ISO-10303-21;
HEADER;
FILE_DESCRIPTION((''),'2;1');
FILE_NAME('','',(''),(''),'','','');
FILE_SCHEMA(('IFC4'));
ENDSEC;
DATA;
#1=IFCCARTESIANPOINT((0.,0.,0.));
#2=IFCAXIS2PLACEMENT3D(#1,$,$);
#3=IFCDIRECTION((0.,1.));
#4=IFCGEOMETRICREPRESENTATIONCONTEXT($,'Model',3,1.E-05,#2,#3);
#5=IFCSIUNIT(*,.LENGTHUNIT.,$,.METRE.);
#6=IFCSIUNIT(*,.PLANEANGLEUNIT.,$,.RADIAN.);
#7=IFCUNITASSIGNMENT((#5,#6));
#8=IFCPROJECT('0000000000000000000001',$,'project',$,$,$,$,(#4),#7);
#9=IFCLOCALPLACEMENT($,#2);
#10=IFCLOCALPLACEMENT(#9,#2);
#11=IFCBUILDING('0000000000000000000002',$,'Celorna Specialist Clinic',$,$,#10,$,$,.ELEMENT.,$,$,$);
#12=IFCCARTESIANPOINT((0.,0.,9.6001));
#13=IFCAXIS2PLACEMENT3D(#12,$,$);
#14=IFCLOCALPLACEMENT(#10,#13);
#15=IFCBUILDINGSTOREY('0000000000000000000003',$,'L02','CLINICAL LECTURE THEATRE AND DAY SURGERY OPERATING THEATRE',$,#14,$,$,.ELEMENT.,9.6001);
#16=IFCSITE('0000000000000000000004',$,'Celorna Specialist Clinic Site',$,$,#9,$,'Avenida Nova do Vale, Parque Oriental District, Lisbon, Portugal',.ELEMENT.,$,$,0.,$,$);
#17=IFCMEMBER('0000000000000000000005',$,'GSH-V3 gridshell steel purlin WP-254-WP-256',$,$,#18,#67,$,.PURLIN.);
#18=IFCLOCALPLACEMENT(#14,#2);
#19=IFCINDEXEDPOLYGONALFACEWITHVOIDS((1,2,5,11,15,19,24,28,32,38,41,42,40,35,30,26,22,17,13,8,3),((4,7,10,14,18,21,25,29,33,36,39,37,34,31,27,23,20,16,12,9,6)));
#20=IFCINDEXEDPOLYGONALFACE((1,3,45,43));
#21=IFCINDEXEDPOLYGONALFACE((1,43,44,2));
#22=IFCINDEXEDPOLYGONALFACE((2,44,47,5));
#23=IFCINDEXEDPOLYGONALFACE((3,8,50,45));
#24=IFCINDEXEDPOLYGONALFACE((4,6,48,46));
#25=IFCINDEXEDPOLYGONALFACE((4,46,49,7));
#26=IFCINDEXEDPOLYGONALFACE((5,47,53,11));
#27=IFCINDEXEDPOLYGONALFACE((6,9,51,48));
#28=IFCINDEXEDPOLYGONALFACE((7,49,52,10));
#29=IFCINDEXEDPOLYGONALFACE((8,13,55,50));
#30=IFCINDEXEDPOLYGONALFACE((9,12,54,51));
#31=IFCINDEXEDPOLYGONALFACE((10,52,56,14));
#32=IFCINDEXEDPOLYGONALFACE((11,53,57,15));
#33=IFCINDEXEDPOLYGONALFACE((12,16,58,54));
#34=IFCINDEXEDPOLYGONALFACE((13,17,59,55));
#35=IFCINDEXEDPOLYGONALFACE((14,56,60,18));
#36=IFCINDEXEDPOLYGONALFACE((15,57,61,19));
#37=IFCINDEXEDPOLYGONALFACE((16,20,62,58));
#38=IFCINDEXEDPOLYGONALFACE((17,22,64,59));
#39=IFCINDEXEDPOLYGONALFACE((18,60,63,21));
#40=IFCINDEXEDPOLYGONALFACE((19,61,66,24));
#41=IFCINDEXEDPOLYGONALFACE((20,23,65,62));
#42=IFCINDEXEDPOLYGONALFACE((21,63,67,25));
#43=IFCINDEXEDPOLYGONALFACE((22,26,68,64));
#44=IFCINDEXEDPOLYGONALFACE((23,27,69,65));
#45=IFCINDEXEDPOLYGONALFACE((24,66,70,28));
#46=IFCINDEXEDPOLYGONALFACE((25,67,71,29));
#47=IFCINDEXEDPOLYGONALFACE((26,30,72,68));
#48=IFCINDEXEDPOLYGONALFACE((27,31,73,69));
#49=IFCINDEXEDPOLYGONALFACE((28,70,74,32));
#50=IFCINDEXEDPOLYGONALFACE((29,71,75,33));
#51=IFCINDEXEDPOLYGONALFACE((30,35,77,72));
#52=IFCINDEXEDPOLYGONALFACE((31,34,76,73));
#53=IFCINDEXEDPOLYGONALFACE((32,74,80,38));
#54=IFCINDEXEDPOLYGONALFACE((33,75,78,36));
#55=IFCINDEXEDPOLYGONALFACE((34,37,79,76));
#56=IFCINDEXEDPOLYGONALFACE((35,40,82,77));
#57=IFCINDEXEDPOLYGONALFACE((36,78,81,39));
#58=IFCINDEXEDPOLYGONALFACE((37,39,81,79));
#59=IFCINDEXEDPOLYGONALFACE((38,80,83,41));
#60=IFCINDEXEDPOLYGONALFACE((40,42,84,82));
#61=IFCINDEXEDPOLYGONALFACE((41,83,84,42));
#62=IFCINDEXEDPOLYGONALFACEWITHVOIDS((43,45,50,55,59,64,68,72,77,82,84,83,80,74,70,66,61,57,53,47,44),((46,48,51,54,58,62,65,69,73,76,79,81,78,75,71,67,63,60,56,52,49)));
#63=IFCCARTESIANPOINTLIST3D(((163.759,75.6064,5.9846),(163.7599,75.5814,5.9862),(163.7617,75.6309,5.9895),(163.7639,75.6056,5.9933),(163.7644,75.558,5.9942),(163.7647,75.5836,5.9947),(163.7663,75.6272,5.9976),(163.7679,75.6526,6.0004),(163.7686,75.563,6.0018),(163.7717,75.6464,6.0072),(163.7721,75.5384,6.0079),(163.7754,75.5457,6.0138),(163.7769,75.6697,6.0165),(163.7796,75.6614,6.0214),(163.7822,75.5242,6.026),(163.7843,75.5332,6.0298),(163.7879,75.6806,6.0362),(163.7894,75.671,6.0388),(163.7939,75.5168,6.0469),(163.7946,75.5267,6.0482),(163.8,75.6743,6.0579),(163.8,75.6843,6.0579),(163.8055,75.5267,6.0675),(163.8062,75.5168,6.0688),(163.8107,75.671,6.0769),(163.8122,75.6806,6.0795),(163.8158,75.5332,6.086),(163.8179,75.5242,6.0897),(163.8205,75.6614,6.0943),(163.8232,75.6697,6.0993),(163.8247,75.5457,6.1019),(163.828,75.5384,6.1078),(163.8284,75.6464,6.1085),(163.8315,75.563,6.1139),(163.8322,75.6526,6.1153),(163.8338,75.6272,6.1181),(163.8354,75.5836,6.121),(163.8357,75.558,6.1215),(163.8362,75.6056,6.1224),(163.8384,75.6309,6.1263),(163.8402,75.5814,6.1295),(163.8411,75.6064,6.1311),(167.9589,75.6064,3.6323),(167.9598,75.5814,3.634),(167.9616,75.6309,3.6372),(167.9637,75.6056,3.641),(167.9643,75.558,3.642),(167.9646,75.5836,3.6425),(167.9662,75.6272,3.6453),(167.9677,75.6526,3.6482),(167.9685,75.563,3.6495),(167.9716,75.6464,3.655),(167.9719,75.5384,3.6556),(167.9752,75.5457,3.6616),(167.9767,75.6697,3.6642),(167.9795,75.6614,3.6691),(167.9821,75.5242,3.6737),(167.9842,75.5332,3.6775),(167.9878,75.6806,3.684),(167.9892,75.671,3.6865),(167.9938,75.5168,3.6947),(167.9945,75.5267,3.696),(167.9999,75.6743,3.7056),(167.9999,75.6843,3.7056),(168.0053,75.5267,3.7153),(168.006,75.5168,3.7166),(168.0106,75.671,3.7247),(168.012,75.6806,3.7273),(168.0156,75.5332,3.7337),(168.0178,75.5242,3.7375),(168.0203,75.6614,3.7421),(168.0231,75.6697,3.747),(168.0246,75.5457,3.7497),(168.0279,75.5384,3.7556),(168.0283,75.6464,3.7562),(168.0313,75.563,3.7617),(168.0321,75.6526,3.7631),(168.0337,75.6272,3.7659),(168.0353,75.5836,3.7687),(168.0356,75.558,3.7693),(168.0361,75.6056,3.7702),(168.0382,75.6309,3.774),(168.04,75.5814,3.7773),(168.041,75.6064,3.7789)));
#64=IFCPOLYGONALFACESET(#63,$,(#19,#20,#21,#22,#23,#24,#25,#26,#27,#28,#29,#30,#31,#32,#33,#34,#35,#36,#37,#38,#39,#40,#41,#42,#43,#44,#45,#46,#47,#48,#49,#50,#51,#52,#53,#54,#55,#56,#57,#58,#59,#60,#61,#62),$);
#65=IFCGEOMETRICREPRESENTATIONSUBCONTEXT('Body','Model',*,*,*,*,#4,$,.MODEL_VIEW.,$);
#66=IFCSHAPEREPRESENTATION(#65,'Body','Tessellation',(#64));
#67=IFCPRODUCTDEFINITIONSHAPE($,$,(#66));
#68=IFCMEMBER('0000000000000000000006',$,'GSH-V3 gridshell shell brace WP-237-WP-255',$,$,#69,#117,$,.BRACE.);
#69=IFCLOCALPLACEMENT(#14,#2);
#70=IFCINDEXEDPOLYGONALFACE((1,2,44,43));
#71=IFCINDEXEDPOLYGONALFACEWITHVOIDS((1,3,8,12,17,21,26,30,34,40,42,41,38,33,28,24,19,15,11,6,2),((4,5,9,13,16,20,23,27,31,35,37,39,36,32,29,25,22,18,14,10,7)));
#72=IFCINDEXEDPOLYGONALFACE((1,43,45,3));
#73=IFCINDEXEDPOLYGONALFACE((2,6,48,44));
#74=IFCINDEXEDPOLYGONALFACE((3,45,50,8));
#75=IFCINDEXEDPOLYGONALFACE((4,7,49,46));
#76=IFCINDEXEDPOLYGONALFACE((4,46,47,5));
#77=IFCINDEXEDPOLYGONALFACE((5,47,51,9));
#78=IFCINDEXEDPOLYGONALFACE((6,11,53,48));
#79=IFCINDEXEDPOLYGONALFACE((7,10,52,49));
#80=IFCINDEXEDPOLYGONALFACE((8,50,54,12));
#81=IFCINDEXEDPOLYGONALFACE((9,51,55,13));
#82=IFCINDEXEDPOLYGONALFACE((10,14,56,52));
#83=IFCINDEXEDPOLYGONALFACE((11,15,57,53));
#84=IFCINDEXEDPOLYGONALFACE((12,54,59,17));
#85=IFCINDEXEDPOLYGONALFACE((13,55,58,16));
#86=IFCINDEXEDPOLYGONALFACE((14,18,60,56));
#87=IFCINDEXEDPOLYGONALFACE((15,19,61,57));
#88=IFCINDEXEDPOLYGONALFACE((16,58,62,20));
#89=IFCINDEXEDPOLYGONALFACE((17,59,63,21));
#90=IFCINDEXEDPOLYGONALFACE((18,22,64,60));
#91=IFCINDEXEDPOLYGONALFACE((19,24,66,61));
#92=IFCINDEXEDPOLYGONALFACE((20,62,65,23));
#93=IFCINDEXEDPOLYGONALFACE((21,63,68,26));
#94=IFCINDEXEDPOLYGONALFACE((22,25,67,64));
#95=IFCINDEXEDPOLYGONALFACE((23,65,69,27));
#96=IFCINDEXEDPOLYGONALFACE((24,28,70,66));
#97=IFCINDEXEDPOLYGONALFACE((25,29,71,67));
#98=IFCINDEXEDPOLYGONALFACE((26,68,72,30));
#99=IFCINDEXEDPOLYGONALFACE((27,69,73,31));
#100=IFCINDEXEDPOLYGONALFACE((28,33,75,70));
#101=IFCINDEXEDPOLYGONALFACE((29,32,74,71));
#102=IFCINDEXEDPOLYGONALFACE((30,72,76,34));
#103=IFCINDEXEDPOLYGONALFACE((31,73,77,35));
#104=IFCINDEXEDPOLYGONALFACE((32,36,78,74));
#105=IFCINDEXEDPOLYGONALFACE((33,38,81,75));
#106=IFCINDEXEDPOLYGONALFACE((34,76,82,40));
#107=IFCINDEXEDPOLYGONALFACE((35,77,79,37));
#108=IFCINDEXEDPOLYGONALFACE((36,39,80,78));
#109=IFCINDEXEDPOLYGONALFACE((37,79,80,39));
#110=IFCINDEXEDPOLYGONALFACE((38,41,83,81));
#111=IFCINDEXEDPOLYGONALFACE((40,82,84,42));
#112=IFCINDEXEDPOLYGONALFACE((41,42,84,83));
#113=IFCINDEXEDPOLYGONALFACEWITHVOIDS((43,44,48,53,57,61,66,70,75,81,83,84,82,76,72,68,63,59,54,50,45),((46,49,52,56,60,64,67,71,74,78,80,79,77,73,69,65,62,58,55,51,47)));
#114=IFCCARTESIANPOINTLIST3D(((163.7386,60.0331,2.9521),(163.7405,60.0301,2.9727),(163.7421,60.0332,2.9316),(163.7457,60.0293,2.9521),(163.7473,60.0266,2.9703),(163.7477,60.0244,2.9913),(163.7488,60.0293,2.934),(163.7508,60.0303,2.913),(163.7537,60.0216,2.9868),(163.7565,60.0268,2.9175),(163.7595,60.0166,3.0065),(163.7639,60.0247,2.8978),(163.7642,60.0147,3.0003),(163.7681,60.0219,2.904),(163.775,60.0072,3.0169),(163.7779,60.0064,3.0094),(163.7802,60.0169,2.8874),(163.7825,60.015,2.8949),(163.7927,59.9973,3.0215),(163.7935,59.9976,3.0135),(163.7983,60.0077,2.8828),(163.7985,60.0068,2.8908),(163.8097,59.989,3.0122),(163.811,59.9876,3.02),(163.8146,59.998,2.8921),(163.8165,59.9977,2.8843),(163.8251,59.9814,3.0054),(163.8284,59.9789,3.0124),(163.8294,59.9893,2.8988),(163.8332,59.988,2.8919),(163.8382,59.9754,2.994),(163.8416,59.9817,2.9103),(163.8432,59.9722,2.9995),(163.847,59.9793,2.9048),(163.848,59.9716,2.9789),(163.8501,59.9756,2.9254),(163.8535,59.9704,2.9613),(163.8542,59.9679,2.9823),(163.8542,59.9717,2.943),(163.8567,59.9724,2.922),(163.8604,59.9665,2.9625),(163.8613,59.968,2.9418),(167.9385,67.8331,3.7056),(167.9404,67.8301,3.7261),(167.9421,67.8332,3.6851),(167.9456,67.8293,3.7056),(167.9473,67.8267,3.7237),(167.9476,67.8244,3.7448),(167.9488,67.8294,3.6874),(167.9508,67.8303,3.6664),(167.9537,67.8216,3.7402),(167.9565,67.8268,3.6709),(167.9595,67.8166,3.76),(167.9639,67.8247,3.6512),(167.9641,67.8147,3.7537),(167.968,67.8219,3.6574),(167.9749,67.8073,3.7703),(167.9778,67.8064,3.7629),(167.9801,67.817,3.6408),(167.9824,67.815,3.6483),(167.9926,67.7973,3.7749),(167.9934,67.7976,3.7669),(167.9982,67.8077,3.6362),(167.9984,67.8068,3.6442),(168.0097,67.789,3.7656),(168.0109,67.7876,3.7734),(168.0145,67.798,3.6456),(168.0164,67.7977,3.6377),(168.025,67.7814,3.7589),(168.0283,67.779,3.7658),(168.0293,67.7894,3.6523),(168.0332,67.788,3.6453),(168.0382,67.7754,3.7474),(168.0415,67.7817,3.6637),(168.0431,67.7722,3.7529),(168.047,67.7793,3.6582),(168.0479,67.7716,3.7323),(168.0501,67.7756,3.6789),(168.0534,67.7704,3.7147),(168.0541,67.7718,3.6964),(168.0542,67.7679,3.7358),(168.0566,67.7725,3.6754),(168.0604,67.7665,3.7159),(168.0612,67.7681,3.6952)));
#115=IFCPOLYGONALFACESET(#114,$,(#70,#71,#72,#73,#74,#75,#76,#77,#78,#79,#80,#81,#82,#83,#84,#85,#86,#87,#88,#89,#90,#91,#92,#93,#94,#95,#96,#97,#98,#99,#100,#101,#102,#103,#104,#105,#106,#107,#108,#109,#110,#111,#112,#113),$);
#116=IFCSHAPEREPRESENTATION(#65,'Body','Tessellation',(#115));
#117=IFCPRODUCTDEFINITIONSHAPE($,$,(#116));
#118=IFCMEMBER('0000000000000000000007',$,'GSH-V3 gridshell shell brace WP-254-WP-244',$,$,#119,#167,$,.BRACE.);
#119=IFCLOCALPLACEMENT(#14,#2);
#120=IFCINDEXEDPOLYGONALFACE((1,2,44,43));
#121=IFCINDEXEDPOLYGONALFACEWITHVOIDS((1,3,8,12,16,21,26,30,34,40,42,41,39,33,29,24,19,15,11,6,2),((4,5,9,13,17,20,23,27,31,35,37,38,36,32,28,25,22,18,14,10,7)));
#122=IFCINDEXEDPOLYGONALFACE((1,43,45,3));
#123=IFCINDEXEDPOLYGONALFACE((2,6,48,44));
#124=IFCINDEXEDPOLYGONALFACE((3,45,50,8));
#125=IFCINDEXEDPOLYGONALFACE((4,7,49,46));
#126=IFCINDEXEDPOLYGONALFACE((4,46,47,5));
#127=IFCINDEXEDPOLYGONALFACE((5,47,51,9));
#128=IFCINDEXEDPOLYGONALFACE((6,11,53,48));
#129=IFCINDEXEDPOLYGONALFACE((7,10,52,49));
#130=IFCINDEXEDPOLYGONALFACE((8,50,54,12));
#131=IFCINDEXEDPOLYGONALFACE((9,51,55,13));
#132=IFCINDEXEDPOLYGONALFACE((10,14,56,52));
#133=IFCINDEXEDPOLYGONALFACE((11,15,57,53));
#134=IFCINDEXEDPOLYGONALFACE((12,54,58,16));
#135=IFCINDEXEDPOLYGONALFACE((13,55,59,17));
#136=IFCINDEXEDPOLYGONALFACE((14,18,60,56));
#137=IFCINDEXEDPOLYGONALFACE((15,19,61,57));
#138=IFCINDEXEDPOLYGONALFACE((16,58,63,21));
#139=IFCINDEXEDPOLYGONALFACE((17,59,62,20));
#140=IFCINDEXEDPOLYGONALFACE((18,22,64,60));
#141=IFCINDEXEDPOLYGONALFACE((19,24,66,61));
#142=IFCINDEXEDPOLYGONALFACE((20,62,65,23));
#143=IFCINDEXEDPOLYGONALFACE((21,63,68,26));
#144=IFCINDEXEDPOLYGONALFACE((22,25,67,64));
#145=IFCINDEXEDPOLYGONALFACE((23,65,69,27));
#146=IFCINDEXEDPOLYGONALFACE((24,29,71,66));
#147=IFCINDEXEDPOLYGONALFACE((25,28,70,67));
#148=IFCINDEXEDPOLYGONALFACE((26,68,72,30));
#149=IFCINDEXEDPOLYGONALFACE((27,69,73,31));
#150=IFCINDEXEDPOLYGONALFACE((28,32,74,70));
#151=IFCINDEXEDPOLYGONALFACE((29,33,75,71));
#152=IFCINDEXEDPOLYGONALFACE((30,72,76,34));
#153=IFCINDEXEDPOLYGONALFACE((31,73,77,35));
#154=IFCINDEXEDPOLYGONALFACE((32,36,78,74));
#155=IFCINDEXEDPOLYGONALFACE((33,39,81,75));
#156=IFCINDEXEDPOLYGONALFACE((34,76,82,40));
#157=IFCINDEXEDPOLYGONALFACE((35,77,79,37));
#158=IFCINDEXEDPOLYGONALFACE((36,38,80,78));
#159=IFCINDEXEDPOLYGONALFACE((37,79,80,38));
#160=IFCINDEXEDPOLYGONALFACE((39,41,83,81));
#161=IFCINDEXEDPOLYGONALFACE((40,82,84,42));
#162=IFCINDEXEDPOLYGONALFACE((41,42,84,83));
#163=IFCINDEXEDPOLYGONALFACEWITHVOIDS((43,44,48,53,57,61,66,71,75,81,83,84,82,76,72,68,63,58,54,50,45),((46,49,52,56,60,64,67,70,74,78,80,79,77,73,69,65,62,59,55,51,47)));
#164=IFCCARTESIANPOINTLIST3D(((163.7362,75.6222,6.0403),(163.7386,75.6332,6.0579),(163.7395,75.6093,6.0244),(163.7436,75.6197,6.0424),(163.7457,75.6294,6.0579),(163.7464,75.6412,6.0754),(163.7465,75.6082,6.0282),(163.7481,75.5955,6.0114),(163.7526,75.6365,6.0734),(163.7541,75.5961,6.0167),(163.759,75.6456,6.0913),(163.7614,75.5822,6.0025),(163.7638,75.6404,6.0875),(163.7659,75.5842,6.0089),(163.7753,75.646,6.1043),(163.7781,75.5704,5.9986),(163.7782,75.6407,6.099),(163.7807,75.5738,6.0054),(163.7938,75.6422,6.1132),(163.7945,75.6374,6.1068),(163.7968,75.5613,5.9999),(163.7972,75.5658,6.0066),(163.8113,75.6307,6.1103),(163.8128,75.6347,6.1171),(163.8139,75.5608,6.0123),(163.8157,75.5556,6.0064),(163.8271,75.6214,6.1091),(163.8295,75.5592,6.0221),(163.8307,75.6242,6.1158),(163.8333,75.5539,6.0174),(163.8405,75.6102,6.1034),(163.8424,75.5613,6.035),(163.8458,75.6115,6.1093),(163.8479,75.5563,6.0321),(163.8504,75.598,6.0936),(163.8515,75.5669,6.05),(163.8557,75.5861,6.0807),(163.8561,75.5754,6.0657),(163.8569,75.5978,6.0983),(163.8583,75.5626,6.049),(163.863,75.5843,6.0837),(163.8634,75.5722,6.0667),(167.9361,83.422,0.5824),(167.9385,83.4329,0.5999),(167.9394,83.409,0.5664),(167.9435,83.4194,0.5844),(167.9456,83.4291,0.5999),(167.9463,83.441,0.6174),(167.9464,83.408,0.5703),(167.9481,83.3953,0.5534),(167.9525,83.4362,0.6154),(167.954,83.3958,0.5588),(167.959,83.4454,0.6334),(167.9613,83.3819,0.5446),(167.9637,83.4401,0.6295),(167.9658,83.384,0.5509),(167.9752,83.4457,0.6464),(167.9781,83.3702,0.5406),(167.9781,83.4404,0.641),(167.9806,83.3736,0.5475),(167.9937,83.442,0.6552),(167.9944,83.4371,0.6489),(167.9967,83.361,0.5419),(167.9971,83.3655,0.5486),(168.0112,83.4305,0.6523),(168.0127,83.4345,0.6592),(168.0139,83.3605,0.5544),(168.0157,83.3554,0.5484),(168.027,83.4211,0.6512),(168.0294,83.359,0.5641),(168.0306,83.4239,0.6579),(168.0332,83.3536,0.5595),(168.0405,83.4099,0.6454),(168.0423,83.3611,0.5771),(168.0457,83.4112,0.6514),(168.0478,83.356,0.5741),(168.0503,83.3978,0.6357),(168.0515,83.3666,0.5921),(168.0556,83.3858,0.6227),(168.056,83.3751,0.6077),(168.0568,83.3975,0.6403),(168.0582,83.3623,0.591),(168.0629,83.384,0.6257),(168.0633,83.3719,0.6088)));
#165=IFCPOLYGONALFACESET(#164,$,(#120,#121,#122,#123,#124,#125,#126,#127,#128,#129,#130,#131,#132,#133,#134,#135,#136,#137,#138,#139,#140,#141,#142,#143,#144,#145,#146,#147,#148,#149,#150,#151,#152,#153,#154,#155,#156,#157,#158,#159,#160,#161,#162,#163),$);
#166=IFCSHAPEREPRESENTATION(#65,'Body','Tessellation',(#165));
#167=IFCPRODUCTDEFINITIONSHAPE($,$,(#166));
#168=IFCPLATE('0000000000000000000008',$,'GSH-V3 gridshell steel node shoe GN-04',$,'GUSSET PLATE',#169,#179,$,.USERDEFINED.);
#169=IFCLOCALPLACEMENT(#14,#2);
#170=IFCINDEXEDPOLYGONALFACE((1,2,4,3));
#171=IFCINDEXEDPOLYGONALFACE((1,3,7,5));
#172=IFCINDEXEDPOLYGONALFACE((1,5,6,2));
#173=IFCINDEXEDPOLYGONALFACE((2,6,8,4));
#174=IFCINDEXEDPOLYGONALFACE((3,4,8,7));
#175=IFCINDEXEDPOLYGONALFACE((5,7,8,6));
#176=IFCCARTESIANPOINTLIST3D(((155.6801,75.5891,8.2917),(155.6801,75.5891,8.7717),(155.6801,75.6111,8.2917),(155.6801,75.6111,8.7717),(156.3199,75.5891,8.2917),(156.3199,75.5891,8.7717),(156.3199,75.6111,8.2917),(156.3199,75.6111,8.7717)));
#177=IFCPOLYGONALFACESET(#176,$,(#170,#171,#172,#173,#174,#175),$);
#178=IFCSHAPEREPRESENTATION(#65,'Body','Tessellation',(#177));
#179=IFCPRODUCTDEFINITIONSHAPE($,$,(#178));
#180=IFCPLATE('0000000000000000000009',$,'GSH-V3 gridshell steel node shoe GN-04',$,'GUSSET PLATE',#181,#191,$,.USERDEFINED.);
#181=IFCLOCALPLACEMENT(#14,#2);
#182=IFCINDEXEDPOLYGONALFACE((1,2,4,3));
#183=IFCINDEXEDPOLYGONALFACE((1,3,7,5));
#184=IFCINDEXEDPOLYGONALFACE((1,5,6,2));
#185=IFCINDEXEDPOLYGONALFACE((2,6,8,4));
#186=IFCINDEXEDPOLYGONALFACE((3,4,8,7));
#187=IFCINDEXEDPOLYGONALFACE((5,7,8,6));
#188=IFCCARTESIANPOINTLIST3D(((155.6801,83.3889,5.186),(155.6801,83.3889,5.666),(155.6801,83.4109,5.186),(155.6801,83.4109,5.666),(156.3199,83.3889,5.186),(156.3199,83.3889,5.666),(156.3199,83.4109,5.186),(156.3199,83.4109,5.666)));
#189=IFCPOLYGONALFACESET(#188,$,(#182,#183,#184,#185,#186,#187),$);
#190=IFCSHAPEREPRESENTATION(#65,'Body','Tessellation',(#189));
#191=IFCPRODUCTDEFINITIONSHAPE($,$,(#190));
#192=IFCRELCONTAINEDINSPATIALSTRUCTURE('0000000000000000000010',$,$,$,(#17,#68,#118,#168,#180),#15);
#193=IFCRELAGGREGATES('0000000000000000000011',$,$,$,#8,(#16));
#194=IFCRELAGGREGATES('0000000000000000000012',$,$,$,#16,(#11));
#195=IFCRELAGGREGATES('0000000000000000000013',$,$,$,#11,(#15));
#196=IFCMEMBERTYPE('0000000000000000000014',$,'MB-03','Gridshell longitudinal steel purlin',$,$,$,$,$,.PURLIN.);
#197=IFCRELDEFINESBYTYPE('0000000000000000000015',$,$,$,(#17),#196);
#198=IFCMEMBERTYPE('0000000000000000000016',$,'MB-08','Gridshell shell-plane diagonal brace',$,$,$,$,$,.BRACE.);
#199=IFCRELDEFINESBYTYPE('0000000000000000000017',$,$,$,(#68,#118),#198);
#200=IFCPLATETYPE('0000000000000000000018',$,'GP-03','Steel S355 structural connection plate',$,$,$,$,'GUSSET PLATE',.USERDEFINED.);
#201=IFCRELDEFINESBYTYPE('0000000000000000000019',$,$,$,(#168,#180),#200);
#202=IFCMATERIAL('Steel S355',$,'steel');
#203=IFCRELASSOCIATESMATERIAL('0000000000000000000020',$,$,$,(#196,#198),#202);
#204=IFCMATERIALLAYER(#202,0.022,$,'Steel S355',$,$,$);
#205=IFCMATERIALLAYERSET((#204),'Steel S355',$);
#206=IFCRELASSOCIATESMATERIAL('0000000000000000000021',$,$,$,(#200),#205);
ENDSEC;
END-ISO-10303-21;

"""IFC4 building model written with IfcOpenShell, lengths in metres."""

from ifc_helpers import new_model, si_unit, direction, frame, origin, origin_2d, place, context, subcontext, project, spatial, rectangle, hollow_circle, extrude, material, layer, layer_set, material_profile, profile_set, type_object, element, save


model = new_model("IFC4")

# Units and contexts
model_context = context("Model", 3, precision=1e-05, world=origin(), true_north=direction((0.0, 1.0)))
body_context = subcontext(model_context, "Body", "Model", "MODEL_VIEW")
ifc_project = project(units=[si_unit("LENGTHUNIT", "METRE"), si_unit("PLANEANGLEUNIT", "RADIAN")], contexts=[model_context])

# Site, building, storey
site_placement = place(None, origin())
site = spatial("IfcSite", under=ifc_project, at=site_placement, Name="Celorna Specialist Clinic Site", LongName="Avenida Nova do Vale, Parque Oriental District, Lisbon, Portugal", CompositionType="ELEMENT", RefElevation=0.0)
building_placement = place(site_placement, origin())
building = spatial("IfcBuilding", under=site, at=building_placement, Name="Celorna Specialist Clinic", CompositionType="ELEMENT")
storey_placement = place(building_placement, frame((0.0, 0.0, 9.6001)))
storey = spatial("IfcBuildingStorey", under=building, at=storey_placement, Name="L02", Description="CLINICAL LECTURE THEATRE AND DAY SURGERY OPERATING THEATRE", CompositionType="ELEMENT", Elevation=9.6001)

# Shared definitions
ifc_material_1 = material(Name="Steel S355", Category="steel")

# Members
ifc_material_profile_1 = material_profile(ifc_material_1, hollow_circle(Radius=0.0842, WallThickness=0.01, at=origin_2d()), Name="CHS 168.3x10")
ifc_profile_set_1 = profile_set([ifc_material_profile_1], Name="Steel S355")
member_type_1 = type_object("IfcMemberType", Name="MB-03", Description="Gridshell longitudinal steel purlin", PredefinedType="PURLIN", material=ifc_profile_set_1)
member_1_placement = place(storey_placement, frame((163.8, 75.6001, 6.0579), z_axis=(0.872477, 0.0, -0.488654), x_axis=(0.0, 1.0, 0.0)))
element("IfcMember", 1, at=member_1_placement, inside=storey, type_object=member_type_1, Name="GSH-V3 gridshell steel purlin WP-254-WP-256", PredefinedType="PURLIN", context=body_context, shape_type="SweptSolid", body=[
    extrude(hollow_circle(Radius=0.0842, WallThickness=0.01, at=origin_2d()), origin(), (0.0, 0.0, 1.0), 4.8137),
])
ifc_material_profile_2 = material_profile(ifc_material_1, hollow_circle(Radius=0.0698, WallThickness=0.0081, at=origin_2d()), Name="CHS 139.7x8")
ifc_profile_set_2 = profile_set([ifc_material_profile_2], Name="Steel S355")
member_type_2 = type_object("IfcMemberType", Name="MB-08", Description="Gridshell shell-plane diagonal brace", PredefinedType="BRACE", material=ifc_profile_set_2)
member_2_placement = place(storey_placement, frame((163.8, 60.0, 2.9521), z_axis=(0.472388, 0.877308, 0.08474), x_axis=(-0.880475, 0.474093, 0.0)))
element("IfcMember", 2, at=member_2_placement, inside=storey, type_object=member_type_2, Name="GSH-V3 gridshell shell brace WP-237-WP-255", PredefinedType="BRACE", context=body_context, shape_type="SweptSolid", body=[
    extrude(hollow_circle(Radius=0.0698, WallThickness=0.0081, at=origin_2d()), origin(), (0.0, 0.0, 1.0), 8.8909),
])
member_3_placement = place(storey_placement, frame((163.8, 75.6001, 6.0579), z_axis=(0.403643, 0.749613, -0.524551), x_axis=(-0.880468, 0.474105, 0.0)))
element("IfcMember", 3, at=member_3_placement, inside=storey, type_object=member_type_2, Name="GSH-V3 gridshell shell brace WP-254-WP-244", PredefinedType="BRACE", context=body_context, shape_type="SweptSolid", body=[
    extrude(hollow_circle(Radius=0.0698, WallThickness=0.0081, at=origin_2d()), origin(), (0.0, 0.0, 1.0), 10.405),
])

# Plates
ifc_layer_1 = layer(ifc_material_1, 0.022, Name="Steel S355")
ifc_layer_set_1 = layer_set([ifc_layer_1], Name="Steel S355")
plate_type_1 = type_object("IfcPlateType", Name="GP-03", Description="Steel S355 structural connection plate", ElementType="GUSSET PLATE", PredefinedType="USERDEFINED", material=ifc_layer_set_1)
for number, where, z_axis, x_axis, name in (
    (4, (156.0, 75.6001, 8.2917), (0.0, 0.0, 1.0), (1.0, 0.0, 0.0), "GSH-V3 gridshell steel node shoe GN-04"),
    (5, (156.0, 83.3999, 5.186), (0.0, 0.0, 1.0), (1.0, 0.0, 0.0), "GSH-V3 gridshell steel node shoe GN-04"),
):
    element("IfcPlate", number, at=place(storey_placement, frame(where, z_axis=z_axis, x_axis=x_axis)), inside=storey, type_object=plate_type_1, Name=name, ObjectType="GUSSET PLATE", PredefinedType="USERDEFINED", context=body_context, shape_type="SweptSolid", body=[
        extrude(rectangle(XDim=0.6399, YDim=0.022, at=origin_2d()), origin(), (0.0, 0.0, 1.0), 0.48),
    ])

save(model, "model.ifc")
